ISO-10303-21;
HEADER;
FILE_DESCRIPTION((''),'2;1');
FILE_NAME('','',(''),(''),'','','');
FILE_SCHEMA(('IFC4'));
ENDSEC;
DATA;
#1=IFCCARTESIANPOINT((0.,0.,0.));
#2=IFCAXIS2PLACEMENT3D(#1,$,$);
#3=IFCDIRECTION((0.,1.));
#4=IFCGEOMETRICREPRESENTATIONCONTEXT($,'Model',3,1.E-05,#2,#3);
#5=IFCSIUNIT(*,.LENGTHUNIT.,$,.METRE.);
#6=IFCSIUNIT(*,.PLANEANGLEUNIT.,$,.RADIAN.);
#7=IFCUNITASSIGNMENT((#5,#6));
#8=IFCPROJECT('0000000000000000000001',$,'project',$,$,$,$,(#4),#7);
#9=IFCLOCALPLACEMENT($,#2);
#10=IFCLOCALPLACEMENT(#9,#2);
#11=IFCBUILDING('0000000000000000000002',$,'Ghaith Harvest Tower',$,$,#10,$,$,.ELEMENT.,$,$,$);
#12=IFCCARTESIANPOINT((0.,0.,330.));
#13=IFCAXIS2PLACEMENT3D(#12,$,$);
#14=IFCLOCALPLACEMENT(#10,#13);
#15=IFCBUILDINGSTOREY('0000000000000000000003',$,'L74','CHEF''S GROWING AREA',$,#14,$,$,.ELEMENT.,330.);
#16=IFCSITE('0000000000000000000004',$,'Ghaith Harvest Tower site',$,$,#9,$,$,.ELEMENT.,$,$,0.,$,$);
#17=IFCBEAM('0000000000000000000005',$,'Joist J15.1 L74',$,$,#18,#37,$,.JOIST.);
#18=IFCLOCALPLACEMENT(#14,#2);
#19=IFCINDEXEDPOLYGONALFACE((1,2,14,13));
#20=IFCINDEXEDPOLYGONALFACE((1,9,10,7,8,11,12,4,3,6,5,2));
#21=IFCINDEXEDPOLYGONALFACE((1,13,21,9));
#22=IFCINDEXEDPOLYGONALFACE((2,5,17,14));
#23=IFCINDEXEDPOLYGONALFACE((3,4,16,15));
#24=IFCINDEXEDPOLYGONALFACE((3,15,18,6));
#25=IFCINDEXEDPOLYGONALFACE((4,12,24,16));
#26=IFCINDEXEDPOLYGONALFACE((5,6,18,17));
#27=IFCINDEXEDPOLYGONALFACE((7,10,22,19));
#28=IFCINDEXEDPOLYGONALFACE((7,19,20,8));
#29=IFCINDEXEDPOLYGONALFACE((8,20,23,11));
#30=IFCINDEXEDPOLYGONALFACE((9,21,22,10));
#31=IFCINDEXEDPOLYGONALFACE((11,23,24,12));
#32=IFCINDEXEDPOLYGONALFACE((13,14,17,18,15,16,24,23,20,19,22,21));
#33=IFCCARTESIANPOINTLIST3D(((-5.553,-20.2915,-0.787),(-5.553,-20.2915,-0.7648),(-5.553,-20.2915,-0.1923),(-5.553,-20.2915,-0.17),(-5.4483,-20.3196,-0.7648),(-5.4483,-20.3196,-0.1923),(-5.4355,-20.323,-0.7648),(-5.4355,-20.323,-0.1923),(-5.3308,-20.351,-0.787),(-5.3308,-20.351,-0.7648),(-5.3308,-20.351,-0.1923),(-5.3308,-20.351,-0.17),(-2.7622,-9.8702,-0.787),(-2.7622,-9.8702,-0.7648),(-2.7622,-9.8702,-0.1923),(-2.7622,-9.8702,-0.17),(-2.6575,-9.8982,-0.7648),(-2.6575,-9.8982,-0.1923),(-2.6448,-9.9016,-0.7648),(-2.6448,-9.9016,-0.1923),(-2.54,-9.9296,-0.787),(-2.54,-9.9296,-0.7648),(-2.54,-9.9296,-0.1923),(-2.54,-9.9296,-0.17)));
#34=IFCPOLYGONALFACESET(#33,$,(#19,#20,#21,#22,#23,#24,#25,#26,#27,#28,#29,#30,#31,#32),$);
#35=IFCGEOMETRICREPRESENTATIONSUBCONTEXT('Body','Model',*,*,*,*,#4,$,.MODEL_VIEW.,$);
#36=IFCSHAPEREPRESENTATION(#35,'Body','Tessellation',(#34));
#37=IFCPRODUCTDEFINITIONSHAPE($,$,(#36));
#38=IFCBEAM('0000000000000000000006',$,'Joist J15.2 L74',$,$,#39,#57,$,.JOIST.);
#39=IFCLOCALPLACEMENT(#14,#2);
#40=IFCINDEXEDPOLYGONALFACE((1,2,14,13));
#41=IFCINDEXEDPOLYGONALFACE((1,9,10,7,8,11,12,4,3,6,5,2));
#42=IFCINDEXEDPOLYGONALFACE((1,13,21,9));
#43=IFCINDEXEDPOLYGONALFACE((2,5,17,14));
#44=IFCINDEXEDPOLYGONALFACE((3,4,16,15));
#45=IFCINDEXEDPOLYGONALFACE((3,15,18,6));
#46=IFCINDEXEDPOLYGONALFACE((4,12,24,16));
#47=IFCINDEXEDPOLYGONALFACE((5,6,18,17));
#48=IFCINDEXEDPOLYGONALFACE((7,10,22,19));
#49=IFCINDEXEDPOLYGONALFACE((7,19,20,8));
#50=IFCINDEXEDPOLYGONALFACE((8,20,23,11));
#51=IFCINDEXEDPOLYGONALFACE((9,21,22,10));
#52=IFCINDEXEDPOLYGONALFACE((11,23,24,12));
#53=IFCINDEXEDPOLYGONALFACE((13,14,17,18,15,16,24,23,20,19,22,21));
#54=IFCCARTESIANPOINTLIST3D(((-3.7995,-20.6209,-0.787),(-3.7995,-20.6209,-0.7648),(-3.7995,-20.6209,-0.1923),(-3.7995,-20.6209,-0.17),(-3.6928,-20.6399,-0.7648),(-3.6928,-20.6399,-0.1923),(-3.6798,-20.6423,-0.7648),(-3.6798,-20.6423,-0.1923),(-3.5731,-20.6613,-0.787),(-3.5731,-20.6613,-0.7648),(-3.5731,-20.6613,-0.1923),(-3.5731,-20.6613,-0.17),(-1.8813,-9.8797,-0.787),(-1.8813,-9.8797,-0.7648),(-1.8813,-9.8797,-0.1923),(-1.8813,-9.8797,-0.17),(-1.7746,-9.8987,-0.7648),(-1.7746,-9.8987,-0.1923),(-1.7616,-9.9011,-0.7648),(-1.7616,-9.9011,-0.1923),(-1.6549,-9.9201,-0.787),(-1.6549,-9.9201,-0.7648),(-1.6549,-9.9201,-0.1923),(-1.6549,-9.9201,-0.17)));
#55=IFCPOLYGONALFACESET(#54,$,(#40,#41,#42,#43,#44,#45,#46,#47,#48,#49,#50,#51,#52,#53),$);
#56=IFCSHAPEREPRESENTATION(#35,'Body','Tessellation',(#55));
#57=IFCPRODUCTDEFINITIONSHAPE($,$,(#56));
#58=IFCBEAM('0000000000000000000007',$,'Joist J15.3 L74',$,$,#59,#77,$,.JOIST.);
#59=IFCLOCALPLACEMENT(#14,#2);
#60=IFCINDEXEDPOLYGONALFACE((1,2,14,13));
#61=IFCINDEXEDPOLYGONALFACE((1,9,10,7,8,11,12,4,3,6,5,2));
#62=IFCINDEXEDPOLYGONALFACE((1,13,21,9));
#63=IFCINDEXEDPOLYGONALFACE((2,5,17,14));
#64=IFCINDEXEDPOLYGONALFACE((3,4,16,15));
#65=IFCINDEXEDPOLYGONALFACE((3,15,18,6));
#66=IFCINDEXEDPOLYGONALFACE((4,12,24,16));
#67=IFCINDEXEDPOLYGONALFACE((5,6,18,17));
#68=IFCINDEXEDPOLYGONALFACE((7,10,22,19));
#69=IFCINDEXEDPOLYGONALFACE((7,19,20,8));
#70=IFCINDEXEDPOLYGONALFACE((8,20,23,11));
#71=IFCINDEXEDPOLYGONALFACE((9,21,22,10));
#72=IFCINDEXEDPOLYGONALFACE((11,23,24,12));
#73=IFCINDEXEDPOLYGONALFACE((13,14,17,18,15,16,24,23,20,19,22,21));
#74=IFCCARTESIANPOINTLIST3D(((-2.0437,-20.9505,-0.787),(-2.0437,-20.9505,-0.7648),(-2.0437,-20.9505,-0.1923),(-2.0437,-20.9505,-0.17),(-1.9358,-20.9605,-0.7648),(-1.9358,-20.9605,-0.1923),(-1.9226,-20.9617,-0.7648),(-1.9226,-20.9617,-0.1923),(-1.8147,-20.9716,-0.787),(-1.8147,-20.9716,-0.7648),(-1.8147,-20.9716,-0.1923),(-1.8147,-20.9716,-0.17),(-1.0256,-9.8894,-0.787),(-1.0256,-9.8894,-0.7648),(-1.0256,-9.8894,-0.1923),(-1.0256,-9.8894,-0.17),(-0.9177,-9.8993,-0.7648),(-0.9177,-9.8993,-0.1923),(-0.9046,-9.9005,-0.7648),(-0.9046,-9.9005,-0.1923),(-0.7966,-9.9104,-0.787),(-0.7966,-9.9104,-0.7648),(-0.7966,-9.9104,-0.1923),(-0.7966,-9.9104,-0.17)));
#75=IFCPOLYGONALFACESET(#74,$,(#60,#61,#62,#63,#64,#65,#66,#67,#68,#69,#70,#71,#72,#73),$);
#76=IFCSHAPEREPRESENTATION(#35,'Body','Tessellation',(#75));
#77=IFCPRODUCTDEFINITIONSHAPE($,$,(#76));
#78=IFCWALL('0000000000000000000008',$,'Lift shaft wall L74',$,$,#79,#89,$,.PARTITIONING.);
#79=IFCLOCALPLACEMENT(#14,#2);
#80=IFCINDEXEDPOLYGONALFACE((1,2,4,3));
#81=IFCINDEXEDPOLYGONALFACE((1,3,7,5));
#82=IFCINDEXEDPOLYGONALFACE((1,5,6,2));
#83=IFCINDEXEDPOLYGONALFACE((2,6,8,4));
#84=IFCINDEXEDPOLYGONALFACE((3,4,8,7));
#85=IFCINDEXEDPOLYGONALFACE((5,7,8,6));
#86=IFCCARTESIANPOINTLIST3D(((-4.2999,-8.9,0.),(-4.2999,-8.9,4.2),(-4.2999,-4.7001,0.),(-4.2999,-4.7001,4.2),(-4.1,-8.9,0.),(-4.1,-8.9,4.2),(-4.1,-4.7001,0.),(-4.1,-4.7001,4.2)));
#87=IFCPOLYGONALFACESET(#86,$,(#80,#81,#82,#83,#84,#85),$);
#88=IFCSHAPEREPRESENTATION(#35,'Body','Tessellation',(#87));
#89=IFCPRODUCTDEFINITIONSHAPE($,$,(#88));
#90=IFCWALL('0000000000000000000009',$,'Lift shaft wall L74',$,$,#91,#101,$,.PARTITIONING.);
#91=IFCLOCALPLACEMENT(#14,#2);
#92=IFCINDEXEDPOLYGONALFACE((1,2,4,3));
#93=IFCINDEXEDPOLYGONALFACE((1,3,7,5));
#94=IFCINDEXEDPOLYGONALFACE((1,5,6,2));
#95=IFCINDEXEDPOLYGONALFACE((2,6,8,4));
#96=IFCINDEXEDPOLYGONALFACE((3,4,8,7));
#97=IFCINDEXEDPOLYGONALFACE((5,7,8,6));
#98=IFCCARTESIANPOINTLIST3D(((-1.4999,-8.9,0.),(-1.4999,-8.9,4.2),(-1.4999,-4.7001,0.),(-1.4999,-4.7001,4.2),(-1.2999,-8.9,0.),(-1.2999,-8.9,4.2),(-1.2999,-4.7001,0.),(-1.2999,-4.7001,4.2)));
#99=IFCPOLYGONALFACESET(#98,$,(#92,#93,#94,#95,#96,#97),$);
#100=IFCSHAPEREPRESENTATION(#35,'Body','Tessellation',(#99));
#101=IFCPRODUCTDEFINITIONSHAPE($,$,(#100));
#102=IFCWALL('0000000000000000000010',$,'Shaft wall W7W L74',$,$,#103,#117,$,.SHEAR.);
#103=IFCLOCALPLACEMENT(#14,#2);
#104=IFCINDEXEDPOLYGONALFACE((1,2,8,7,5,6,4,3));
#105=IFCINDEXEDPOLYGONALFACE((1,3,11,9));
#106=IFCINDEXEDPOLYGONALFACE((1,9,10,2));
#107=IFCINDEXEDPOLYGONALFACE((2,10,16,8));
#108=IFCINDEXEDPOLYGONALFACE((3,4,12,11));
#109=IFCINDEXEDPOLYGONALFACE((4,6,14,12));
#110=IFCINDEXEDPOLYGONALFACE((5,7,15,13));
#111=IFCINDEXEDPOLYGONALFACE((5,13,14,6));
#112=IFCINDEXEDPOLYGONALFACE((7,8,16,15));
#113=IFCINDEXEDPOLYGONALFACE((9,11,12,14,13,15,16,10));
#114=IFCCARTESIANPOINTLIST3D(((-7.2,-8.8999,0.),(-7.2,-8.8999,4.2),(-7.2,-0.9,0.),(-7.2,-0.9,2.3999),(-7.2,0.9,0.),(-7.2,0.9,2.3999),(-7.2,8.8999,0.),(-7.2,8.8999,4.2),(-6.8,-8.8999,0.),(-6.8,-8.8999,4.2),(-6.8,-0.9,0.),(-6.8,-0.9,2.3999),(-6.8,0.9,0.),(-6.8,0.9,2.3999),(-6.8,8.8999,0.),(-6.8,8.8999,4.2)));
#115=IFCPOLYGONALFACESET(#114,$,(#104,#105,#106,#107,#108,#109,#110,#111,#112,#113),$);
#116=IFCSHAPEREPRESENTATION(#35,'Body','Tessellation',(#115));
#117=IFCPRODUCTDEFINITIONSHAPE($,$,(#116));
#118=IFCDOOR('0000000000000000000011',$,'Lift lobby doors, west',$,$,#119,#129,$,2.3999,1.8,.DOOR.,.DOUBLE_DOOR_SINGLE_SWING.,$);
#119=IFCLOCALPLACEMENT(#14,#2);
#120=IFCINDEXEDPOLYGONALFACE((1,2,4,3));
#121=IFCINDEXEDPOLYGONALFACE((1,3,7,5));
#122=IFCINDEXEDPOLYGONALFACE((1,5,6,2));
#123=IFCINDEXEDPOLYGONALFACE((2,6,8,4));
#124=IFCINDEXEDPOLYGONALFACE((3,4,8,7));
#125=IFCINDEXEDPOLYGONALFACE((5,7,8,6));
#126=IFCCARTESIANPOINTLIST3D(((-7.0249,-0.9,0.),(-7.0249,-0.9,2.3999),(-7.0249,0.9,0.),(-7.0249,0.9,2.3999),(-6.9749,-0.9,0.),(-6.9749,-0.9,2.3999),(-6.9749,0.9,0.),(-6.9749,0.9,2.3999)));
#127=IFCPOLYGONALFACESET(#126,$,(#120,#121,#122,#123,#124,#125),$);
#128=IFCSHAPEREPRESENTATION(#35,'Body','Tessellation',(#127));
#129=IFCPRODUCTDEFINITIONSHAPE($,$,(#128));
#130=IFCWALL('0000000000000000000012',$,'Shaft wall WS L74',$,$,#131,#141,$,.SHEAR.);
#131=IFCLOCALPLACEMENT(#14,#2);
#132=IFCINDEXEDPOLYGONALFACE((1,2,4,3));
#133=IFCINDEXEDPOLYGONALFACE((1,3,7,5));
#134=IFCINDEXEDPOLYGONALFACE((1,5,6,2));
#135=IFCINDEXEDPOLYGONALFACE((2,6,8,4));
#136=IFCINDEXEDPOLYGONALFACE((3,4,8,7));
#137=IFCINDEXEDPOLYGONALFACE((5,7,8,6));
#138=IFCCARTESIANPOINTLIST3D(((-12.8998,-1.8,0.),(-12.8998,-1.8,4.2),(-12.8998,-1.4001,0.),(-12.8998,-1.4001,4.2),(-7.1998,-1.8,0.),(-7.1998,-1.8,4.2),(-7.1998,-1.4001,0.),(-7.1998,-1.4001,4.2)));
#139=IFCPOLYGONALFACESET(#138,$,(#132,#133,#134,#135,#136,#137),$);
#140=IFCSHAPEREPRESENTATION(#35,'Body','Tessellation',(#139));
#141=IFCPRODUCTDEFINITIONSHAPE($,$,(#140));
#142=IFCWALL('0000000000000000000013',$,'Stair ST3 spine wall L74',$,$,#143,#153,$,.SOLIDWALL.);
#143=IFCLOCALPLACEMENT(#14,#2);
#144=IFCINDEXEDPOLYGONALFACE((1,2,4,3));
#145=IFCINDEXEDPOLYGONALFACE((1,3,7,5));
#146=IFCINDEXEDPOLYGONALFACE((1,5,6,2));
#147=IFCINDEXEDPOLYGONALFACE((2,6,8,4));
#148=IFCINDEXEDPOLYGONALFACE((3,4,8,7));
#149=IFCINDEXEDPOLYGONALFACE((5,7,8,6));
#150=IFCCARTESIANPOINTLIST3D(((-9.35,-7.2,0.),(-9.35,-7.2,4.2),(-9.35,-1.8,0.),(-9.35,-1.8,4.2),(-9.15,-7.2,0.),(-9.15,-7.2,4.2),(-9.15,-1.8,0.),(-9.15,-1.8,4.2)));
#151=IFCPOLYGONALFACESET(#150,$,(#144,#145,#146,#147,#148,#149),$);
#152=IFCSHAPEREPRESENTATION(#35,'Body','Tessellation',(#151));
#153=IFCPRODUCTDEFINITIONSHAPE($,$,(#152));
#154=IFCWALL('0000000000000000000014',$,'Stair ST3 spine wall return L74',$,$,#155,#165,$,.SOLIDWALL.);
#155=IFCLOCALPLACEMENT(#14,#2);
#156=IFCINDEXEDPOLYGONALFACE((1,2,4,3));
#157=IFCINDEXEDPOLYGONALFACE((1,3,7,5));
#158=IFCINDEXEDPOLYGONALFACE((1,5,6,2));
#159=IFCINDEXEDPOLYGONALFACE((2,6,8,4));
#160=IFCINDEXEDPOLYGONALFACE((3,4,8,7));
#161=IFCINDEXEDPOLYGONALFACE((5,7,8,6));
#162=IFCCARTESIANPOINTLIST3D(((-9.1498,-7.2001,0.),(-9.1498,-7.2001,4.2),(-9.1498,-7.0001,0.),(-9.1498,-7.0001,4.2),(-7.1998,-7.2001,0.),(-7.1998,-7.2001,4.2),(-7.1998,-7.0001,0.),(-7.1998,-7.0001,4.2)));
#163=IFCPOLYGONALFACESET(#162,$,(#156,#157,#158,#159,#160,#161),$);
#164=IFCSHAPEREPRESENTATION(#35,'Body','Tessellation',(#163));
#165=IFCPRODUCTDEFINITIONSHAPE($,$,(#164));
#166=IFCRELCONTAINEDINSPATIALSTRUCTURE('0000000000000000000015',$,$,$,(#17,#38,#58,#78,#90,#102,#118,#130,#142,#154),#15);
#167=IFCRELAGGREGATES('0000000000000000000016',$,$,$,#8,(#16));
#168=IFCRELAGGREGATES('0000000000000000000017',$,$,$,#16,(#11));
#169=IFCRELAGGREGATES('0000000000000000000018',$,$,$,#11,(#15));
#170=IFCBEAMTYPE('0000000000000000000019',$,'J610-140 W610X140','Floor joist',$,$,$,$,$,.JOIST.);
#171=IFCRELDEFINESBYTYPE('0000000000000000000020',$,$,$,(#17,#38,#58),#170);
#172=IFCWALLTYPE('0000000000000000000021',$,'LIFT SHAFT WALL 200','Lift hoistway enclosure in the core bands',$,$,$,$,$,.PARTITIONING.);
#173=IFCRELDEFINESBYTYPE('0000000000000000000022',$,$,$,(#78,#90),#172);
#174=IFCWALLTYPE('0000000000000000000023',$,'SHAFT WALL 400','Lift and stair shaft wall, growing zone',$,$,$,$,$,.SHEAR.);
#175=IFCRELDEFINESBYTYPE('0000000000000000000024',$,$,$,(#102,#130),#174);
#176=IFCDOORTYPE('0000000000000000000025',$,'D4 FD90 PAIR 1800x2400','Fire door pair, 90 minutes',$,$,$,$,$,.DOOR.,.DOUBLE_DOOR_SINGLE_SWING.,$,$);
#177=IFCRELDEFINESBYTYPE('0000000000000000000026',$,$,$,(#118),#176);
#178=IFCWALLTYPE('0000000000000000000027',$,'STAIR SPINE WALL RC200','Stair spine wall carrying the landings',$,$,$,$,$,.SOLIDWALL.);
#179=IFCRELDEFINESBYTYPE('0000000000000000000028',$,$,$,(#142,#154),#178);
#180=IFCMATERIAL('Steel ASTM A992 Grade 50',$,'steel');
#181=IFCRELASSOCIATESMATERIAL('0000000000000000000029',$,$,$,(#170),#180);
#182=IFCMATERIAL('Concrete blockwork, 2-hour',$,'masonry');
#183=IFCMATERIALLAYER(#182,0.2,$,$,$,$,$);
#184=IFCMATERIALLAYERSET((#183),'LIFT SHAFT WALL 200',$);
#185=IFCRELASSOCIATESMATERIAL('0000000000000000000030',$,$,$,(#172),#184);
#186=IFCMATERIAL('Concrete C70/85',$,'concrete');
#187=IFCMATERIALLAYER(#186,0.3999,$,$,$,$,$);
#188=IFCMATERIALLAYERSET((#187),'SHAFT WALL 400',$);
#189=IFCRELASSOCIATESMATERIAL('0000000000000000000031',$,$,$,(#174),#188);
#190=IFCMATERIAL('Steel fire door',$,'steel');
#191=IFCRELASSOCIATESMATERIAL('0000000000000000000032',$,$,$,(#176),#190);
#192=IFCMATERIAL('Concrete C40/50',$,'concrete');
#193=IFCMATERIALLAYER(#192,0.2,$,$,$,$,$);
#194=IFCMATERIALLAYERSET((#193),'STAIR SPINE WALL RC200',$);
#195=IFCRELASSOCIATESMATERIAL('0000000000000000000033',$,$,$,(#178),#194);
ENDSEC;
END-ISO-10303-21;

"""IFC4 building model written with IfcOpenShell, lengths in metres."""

from ifc_helpers import new_model, si_unit, direction, frame, frame_2d, origin, origin_2d, place, context, subcontext, project, spatial, rectangle, i_section, extrude, material, layer, layer_set, material_profile, profile_set, type_object, element, fill, save


model = new_model("IFC4")

# Units and contexts
model_context = context("Model", 3, precision=1e-05, world=origin(), true_north=direction((0.0, 1.0)))
body_context = subcontext(model_context, "Body", "Model", "MODEL_VIEW")
ifc_project = project(units=[si_unit("LENGTHUNIT", "METRE"), si_unit("PLANEANGLEUNIT", "RADIAN")], contexts=[model_context])

# Site, building, storey
site_placement = place(None, origin())
site = spatial("IfcSite", under=ifc_project, at=site_placement, Name="Ghaith Harvest Tower site", CompositionType="ELEMENT", RefElevation=0.0)
building_placement = place(site_placement, origin())
building = spatial("IfcBuilding", under=site, at=building_placement, Name="Ghaith Harvest Tower", CompositionType="ELEMENT")
storey_placement = place(building_placement, frame((0.0, 0.0, 330.0)))
storey = spatial("IfcBuildingStorey", under=building, at=storey_placement, Name="L74", Description="CHEF'S GROWING AREA", CompositionType="ELEMENT", Elevation=330.0)

# Beams
ifc_material_1 = material(Name="Steel ASTM A992 Grade 50", Category="steel")
ifc_material_profile_1 = material_profile(ifc_material_1, i_section(OverallWidth=0.23, OverallDepth=0.6169, WebThickness=0.0132, FlangeThickness=0.0222, at=origin_2d()), Name="W610X140")
ifc_profile_set_1 = profile_set([ifc_material_profile_1], Name="Steel ASTM A992 Grade 50")
beam_type_1 = type_object("IfcBeamType", Name="J610-140 W610X140", Description="Floor joist", PredefinedType="JOIST", material=ifc_profile_set_1)
beam_1_placement = place(storey_placement, frame((-2.6511, -9.8999, -0.4785), z_axis=(-0.258678, -0.965964, 0.0), x_axis=(0.965964, -0.258678, 0.0)))
element("IfcBeam", 1, at=beam_1_placement, inside=storey, type_object=beam_type_1, Name="Joist J15.1 L74", PredefinedType="JOIST", context=body_context, shape_type="SweptSolid", body=[
    extrude(i_section(OverallWidth=0.23, OverallDepth=0.6169, WebThickness=0.0132, FlangeThickness=0.0222, at=origin_2d()), origin(), (0.0, 0.0, 1.0), 10.7886),
])
beam_2_placement = place(storey_placement, frame((-1.7681, -9.8999, -0.4785), z_axis=(-0.175803, -0.984425, 0.0), x_axis=(0.984425, -0.175803, 0.0)))
element("IfcBeam", 2, at=beam_2_placement, inside=storey, type_object=beam_type_1, Name="Joist J15.2 L74", PredefinedType="JOIST", context=body_context, shape_type="SweptSolid", body=[
    extrude(i_section(OverallWidth=0.23, OverallDepth=0.6169, WebThickness=0.0132, FlangeThickness=0.0222, at=origin_2d()), origin(), (0.0, 0.0, 1.0), 10.9111),
])
beam_3_placement = place(storey_placement, frame((-0.9111, -9.8999, -0.4785), z_axis=(-0.091651, -0.995791, 0.0), x_axis=(0.995791, -0.091651, 0.0)))
element("IfcBeam", 3, at=beam_3_placement, inside=storey, type_object=beam_type_1, Name="Joist J15.3 L74", PredefinedType="JOIST", context=body_context, shape_type="SweptSolid", body=[
    extrude(i_section(OverallWidth=0.23, OverallDepth=0.6169, WebThickness=0.0132, FlangeThickness=0.0222, at=origin_2d()), origin(), (0.0, 0.0, 1.0), 11.1079),
])

# Walls
ifc_material_2 = material(Name="Concrete blockwork, 2-hour", Category="masonry")
ifc_layer_1 = layer(ifc_material_2, 0.2)
ifc_layer_set_1 = layer_set([ifc_layer_1], Name="LIFT SHAFT WALL 200")
wall_type_1 = type_object("IfcWallType", Name="LIFT SHAFT WALL 200", Description="Lift hoistway enclosure in the core bands", PredefinedType="PARTITIONING", material=ifc_layer_set_1)
for number, where, z_axis, x_axis, name in (
    (4, (-4.2, -4.7, 0.0), (0.0, 0.0, 1.0), (0.0, -1.0, 0.0), "Lift shaft wall L74"),
    (5, (-1.3999, -4.7, 0.0), (0.0, 0.0, 1.0), (0.0, -1.0, 0.0), "Lift shaft wall L74"),
):
    element("IfcWall", number, at=place(storey_placement, frame(where, z_axis=z_axis, x_axis=x_axis)), inside=storey, type_object=wall_type_1, Name=name, PredefinedType="PARTITIONING", context=body_context, shape_type="SweptSolid", body=[
        extrude(rectangle(XDim=4.2, YDim=0.2, at=frame_2d((2.1001, 0.0))), origin(), (0.0, 0.0, 1.0), 4.2),
    ])

# Wall, opening, door
ifc_material_3 = material(Name="Concrete C70/85", Category="concrete")
ifc_layer_2 = layer(ifc_material_3, 0.3999)
ifc_layer_set_2 = layer_set([ifc_layer_2], Name="SHAFT WALL 400")
wall_type_2 = type_object("IfcWallType", Name="SHAFT WALL 400", Description="Lift and stair shaft wall, growing zone", PredefinedType="SHEAR", material=ifc_layer_set_2)
wall_1_placement = place(storey_placement, frame((-7.0, -8.8999, 0.0), z_axis=(0.0, 0.0, 1.0), x_axis=(0.0, 1.0, 0.0)))
wall_1 = element("IfcWall", 6, at=wall_1_placement, inside=storey, type_object=wall_type_2, Name="Shaft wall W7W L74", PredefinedType="SHEAR", context=body_context, shape_type="SweptSolid", body=[
    extrude(rectangle(XDim=17.7998, YDim=0.3999, at=frame_2d((8.8999, 0.0))), origin(), (0.0, 0.0, 1.0), 4.2),
])
opening_1_placement = place(wall_1_placement, frame((8.0, 0.0, 0.0)))
opening_1 = element("IfcOpeningElement", 7, at=opening_1_placement, cuts=wall_1, PredefinedType="OPENING", context=body_context, shape_type="SweptSolid", body=[
    extrude(rectangle(XDim=1.8, YDim=2.3999, at=frame_2d((0.8999, 1.2))), frame((0.0, 0.21, 0.0), z_axis=(0.0, -1.0, 0.0), x_axis=(1.0, 0.0, 0.0)), (0.0, 0.0, 1.0), 0.4199),
])
ifc_material_4 = material(Name="Steel fire door", Category="steel")
door_type_1 = type_object("IfcDoorType", Name="D4 FD90 PAIR 1800x2400", Description="Fire door pair, 90 minutes", OperationType="DOUBLE_DOOR_SINGLE_SWING", PredefinedType="DOOR", material=ifc_material_4)
door_1_placement = place(opening_1_placement, origin())
door_1 = element("IfcDoor", 8, at=door_1_placement, inside=storey, type_object=door_type_1, Name="Lift lobby doors, west", OperationType="DOUBLE_DOOR_SINGLE_SWING", OverallHeight=2.3999, OverallWidth=1.8, PredefinedType="DOOR", context=body_context, shape_type="SweptSolid", body=[
    extrude(rectangle(XDim=1.8, YDim=2.3999, at=frame_2d((0.8999, 1.2))), frame((0.0, 0.0249, 0.0), z_axis=(0.0, -1.0, 0.0), x_axis=(1.0, 0.0, 0.0)), (0.0, 0.0, 1.0), 0.05),
])
fill(opening_1, door_1)

# Walls
wall_2_placement = place(storey_placement, frame((-12.8999, -1.6001, 0.0), z_axis=(0.0, 0.0, 1.0), x_axis=(1.0, 0.0, 0.0)))
element("IfcWall", 9, at=wall_2_placement, inside=storey, type_object=wall_type_2, Name="Shaft wall WS L74", PredefinedType="SHEAR", context=body_context, shape_type="SweptSolid", body=[
    extrude(rectangle(XDim=5.7, YDim=0.3999, at=frame_2d((2.8501, 0.0))), origin(), (0.0, 0.0, 1.0), 4.2),
])
ifc_material_5 = material(Name="Concrete C40/50", Category="concrete")
ifc_layer_3 = layer(ifc_material_5, 0.2)
ifc_layer_set_3 = layer_set([ifc_layer_3], Name="STAIR SPINE WALL RC200")
wall_type_3 = type_object("IfcWallType", Name="STAIR SPINE WALL RC200", Description="Stair spine wall carrying the landings", PredefinedType="SOLIDWALL", material=ifc_layer_set_3)
wall_3_placement = place(storey_placement, frame((-9.25, -7.2, 0.0), z_axis=(0.0, 0.0, 1.0), x_axis=(0.0, 1.0, 0.0)))
element("IfcWall", 10, at=wall_3_placement, inside=storey, type_object=wall_type_3, Name="Stair ST3 spine wall L74", PredefinedType="SOLIDWALL", context=body_context, shape_type="SweptSolid", body=[
    extrude(rectangle(XDim=5.3999, YDim=0.2, at=frame_2d((2.7, 0.0))), origin(), (0.0, 0.0, 1.0), 4.2),
])
wall_4_placement = place(storey_placement, frame((-9.1499, -7.1001, 0.0), z_axis=(0.0, 0.0, 1.0), x_axis=(1.0, 0.0, 0.0)))
element("IfcWall", 11, at=wall_4_placement, inside=storey, type_object=wall_type_3, Name="Stair ST3 spine wall return L74", PredefinedType="SOLIDWALL", context=body_context, shape_type="SweptSolid", body=[
    extrude(rectangle(XDim=1.95, YDim=0.2, at=frame_2d((0.9751, 0.0))), origin(), (0.0, 0.0, 1.0), 4.2),
])

save(model, "model.ifc")
